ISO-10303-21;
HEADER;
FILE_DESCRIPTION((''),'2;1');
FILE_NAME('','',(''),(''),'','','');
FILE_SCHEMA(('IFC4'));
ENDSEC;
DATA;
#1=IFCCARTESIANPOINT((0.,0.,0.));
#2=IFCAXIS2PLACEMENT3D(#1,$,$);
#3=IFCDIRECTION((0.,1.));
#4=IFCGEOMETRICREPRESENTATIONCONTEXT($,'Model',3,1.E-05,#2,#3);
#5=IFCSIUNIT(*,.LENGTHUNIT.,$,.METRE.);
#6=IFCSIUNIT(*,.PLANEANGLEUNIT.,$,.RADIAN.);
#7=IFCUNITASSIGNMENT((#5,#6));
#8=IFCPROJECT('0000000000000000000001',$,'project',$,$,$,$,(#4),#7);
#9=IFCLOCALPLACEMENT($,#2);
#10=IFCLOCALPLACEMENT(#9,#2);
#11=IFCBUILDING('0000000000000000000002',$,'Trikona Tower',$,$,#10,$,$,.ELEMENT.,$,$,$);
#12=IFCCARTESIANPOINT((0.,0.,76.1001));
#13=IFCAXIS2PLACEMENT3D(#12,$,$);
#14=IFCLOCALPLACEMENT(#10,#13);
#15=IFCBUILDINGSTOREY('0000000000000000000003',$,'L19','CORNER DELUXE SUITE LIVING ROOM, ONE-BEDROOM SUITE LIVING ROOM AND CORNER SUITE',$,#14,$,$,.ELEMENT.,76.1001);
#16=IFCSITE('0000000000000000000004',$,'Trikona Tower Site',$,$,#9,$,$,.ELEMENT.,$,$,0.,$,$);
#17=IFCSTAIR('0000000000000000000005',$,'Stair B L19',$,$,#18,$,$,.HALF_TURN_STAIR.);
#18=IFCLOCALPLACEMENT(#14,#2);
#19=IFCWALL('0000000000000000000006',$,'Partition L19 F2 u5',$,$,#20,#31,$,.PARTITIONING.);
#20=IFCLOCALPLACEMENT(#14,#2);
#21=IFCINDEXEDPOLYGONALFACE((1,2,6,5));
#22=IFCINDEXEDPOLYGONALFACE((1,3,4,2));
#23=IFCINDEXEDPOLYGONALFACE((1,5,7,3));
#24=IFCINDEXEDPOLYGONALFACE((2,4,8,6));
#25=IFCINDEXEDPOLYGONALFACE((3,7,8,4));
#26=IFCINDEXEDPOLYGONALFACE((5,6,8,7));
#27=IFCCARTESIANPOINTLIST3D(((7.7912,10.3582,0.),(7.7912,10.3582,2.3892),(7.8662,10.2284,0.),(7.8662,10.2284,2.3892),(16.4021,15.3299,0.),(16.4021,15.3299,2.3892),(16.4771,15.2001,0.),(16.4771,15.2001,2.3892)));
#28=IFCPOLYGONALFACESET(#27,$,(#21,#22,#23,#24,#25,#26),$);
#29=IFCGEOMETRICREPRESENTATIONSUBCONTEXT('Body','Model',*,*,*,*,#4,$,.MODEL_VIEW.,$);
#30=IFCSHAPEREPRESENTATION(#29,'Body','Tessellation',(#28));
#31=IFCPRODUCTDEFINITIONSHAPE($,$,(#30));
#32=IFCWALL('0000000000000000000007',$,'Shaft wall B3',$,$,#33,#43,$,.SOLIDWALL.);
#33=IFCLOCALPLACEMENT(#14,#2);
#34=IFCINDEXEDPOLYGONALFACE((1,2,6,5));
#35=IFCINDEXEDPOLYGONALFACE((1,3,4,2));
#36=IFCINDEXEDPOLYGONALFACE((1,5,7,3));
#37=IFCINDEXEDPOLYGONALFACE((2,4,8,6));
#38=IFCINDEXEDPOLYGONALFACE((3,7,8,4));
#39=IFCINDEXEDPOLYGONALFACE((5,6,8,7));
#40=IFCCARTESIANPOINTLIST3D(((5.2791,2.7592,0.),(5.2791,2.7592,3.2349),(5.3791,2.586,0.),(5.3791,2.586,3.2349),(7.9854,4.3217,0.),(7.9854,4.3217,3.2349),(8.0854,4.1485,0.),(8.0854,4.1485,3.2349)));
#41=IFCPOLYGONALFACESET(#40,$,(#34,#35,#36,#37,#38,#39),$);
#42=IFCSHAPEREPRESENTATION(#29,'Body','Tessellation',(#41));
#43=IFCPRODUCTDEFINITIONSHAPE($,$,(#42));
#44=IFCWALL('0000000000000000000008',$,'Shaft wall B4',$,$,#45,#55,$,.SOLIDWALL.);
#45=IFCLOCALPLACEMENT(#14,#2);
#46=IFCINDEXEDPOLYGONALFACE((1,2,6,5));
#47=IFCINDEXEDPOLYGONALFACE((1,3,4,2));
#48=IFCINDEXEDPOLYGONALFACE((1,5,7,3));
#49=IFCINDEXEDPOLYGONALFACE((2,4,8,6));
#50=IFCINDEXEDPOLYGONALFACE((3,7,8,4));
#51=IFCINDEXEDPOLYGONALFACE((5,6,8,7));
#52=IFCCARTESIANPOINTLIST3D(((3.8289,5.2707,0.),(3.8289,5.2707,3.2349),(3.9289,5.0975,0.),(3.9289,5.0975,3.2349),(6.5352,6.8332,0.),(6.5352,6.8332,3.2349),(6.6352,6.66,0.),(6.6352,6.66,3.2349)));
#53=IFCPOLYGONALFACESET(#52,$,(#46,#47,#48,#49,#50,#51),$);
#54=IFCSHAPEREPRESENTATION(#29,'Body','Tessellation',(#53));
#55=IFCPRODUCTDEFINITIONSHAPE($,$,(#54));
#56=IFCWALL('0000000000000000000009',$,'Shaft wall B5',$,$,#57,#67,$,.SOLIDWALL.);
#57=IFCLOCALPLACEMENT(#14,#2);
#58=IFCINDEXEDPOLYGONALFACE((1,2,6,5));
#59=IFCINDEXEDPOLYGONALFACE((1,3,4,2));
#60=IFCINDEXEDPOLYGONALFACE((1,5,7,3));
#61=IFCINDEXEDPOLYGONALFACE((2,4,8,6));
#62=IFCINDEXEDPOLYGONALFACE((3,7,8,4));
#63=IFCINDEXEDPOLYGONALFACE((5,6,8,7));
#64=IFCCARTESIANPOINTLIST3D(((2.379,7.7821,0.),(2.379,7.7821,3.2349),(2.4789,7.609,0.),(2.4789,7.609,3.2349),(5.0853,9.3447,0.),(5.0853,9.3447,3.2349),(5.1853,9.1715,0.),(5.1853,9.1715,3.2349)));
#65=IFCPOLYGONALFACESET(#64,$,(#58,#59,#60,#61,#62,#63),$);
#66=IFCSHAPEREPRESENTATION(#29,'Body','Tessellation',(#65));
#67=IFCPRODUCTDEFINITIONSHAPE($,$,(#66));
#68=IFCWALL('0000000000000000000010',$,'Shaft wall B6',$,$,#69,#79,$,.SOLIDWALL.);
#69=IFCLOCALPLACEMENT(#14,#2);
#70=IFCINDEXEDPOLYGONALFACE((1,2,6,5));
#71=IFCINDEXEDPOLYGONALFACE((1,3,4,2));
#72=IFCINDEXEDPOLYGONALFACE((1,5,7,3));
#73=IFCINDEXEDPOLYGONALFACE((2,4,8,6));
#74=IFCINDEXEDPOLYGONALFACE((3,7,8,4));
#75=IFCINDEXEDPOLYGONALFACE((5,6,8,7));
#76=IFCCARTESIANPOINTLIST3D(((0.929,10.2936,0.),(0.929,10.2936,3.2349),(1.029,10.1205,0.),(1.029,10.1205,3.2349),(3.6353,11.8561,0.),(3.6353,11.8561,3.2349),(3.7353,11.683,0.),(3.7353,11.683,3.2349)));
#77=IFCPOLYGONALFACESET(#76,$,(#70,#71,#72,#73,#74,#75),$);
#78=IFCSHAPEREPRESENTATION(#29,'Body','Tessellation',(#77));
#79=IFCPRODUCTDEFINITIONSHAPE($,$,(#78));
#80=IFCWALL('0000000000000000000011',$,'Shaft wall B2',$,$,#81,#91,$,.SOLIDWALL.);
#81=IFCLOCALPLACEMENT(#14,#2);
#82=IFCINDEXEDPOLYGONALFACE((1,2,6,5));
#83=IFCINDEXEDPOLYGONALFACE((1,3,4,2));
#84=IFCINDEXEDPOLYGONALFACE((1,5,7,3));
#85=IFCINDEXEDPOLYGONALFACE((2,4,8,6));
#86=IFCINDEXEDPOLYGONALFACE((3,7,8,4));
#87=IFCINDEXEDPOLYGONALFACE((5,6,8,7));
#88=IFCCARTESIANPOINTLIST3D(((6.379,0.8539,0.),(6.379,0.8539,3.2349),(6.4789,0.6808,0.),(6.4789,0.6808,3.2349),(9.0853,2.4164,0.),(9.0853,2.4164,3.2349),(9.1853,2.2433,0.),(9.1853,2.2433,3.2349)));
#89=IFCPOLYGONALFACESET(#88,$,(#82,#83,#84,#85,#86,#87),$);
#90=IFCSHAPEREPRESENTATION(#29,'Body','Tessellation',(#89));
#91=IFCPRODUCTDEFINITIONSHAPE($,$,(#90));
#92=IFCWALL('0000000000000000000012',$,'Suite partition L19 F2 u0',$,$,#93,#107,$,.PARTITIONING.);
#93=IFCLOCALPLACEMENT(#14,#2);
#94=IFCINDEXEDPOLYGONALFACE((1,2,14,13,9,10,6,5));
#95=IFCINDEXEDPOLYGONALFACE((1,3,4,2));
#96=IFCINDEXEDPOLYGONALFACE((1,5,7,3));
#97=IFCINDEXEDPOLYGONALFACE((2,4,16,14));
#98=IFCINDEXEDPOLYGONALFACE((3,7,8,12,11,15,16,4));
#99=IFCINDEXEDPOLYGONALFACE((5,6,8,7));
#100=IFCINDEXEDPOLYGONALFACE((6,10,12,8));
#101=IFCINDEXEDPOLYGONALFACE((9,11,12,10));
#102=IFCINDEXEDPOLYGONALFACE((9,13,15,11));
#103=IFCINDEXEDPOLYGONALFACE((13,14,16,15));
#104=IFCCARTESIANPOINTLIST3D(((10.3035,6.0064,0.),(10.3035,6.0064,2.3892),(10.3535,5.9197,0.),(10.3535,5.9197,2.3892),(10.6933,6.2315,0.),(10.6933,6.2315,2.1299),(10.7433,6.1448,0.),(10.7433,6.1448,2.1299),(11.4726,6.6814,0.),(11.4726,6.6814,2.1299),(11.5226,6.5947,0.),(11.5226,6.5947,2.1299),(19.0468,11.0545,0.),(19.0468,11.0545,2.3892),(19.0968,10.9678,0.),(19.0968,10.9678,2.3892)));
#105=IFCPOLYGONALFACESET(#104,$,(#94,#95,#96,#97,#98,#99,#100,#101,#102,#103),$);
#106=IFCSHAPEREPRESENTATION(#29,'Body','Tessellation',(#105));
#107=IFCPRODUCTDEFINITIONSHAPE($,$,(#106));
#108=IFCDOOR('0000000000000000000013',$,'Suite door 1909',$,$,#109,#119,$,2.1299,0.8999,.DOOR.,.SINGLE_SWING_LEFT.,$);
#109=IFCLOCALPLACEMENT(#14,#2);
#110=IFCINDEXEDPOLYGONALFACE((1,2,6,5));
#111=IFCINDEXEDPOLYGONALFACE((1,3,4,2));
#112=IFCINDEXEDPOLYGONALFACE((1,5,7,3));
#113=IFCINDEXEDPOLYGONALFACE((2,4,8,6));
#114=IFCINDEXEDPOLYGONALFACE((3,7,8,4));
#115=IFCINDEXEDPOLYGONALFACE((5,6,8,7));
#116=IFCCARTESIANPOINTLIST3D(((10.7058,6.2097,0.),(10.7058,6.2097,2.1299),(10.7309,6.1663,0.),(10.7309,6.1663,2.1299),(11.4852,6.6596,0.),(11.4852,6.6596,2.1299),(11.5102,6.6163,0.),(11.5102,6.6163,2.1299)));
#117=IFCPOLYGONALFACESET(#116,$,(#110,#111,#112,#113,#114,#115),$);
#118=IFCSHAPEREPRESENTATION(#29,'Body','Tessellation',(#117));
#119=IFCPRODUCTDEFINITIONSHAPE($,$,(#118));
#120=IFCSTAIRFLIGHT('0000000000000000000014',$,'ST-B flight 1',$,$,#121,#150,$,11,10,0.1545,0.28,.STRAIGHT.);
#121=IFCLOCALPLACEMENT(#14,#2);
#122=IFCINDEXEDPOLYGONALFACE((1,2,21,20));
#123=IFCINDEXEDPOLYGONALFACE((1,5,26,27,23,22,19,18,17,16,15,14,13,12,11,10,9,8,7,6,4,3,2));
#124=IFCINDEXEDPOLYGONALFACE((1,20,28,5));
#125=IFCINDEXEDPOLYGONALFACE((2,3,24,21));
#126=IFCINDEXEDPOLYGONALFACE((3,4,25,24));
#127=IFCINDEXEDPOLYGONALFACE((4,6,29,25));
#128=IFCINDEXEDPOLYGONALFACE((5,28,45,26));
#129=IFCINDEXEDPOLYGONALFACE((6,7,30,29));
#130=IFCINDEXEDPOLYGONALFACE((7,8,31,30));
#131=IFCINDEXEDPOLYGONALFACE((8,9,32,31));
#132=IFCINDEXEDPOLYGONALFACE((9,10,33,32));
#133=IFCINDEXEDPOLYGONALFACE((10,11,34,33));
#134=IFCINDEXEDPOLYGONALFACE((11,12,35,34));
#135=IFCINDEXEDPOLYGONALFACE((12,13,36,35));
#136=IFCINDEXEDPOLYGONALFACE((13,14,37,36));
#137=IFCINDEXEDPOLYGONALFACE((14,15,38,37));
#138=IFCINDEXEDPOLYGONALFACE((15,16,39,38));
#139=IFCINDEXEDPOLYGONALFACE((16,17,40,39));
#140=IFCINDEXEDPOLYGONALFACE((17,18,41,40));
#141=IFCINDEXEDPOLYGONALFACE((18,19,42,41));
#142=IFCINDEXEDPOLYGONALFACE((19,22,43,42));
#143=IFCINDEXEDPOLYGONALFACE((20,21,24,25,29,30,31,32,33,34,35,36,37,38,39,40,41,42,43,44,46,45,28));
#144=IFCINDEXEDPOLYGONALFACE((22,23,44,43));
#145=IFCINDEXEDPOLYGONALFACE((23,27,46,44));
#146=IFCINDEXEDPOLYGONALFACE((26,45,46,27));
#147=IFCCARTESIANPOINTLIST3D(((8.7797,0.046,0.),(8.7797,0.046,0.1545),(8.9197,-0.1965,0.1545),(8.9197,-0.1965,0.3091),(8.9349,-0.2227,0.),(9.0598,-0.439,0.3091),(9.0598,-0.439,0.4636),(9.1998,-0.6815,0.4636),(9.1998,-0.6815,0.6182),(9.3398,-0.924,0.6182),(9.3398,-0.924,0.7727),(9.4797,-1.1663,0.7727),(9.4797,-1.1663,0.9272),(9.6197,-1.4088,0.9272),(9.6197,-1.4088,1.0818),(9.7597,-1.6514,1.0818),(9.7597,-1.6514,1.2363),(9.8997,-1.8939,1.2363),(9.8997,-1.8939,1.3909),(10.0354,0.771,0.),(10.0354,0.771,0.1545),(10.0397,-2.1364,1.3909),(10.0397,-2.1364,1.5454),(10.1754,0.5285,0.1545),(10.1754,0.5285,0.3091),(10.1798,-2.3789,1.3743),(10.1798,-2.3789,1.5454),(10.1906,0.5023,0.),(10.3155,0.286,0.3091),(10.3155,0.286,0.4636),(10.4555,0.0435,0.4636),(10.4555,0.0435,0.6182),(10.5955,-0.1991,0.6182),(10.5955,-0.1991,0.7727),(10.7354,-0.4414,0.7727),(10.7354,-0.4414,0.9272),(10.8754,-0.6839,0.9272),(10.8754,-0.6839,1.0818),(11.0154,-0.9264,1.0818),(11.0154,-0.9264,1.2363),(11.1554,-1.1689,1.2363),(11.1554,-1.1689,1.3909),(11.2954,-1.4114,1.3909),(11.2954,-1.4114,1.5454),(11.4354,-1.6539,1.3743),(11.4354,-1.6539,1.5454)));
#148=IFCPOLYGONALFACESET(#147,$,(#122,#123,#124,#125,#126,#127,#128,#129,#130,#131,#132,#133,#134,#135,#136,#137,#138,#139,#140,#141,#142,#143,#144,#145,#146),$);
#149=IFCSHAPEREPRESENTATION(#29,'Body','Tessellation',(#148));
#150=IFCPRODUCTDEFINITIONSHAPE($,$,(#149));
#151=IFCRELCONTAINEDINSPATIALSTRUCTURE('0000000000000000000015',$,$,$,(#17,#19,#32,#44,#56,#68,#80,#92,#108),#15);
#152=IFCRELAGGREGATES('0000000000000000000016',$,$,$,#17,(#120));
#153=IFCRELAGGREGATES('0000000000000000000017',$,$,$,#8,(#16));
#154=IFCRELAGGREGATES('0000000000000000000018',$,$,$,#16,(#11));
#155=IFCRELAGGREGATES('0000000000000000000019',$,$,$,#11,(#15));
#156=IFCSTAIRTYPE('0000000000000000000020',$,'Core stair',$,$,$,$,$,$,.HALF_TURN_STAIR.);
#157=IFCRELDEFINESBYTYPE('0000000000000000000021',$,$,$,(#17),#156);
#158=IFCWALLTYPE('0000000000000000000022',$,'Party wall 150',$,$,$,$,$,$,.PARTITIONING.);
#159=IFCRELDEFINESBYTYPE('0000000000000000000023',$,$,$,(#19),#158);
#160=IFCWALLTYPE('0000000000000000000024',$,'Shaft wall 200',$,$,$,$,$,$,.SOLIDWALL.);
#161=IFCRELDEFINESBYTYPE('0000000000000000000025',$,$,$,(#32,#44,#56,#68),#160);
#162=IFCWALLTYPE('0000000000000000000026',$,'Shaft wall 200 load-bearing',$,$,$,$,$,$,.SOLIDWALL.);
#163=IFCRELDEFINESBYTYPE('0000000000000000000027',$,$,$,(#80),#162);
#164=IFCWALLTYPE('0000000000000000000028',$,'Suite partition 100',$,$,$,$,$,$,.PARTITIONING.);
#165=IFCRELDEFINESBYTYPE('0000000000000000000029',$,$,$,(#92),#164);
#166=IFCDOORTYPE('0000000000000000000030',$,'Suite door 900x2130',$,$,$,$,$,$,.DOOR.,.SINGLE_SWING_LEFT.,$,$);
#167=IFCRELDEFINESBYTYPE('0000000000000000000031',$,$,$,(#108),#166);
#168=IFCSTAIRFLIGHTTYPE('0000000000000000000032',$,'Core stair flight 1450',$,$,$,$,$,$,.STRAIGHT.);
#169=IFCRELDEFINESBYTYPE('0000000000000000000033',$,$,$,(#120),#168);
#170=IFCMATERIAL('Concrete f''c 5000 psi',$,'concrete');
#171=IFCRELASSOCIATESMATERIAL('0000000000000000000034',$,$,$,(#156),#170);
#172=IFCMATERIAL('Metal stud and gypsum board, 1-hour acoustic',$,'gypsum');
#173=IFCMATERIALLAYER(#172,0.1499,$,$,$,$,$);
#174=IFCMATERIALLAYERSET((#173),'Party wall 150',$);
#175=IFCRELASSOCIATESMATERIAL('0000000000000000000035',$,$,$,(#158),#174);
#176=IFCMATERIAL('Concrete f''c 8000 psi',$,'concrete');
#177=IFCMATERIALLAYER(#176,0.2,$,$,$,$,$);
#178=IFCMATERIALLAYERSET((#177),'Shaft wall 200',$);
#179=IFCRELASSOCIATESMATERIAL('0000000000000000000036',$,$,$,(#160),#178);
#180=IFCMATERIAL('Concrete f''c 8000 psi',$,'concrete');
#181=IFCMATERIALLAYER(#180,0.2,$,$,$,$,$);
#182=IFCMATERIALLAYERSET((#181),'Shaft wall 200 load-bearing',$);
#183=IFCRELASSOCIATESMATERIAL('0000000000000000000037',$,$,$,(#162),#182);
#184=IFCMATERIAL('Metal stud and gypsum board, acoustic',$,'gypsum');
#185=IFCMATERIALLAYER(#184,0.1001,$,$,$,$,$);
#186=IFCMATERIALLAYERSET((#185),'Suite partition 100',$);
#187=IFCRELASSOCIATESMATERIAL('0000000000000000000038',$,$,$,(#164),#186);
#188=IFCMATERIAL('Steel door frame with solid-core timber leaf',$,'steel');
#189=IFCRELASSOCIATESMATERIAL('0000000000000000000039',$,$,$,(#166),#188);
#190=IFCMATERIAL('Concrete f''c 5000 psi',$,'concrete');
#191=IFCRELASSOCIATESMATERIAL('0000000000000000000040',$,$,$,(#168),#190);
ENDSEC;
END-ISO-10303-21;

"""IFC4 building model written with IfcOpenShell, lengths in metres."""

from ifc_helpers import new_model, si_unit, direction, frame, frame_2d, origin, place, context, subcontext, project, spatial, polyline, rectangle, outline, extrude, material, layer, layer_set, type_object, element, fill, aggregate, save


model = new_model("IFC4")

# Units and contexts
model_context = context("Model", 3, precision=1e-05, world=origin(), true_north=direction((0.0, 1.0)))
body_context = subcontext(model_context, "Body", "Model", "MODEL_VIEW")
ifc_project = project(units=[si_unit("LENGTHUNIT", "METRE"), si_unit("PLANEANGLEUNIT", "RADIAN")], contexts=[model_context])

# Site, building, storey
site_placement = place(None, origin())
site = spatial("IfcSite", under=ifc_project, at=site_placement, Name="Trikona Tower Site", CompositionType="ELEMENT", RefElevation=0.0)
building_placement = place(site_placement, origin())
building = spatial("IfcBuilding", under=site, at=building_placement, Name="Trikona Tower", CompositionType="ELEMENT")
storey_placement = place(building_placement, frame((0.0, 0.0, 76.1001)))
storey = spatial("IfcBuildingStorey", under=building, at=storey_placement, Name="L19", Description="CORNER DELUXE SUITE LIVING ROOM, ONE-BEDROOM SUITE LIVING ROOM AND CORNER SUITE", CompositionType="ELEMENT", Elevation=76.1001)

# Stair
ifc_material_1 = material(Name="Concrete f'c 5000 psi", Category="concrete")
stair_type = type_object("IfcStairType", Name="Core stair", PredefinedType="HALF_TURN_STAIR", material=ifc_material_1)
stair_1_placement = place(storey_placement, origin())
stair_1 = element("IfcStair", 1, at=stair_1_placement, inside=storey, type_object=stair_type, Name="Stair B L19", PredefinedType="HALF_TURN_STAIR")

# Walls
ifc_material_2 = material(Name="Metal stud and gypsum board, 1-hour acoustic", Category="gypsum")
ifc_layer_1 = layer(ifc_material_2, 0.1499)
ifc_layer_set_1 = layer_set([ifc_layer_1], Name="Party wall 150")
wall_type_1 = type_object("IfcWallType", Name="Party wall 150", PredefinedType="PARTITIONING", material=ifc_layer_set_1)
wall_1_placement = place(storey_placement, frame((7.8286, 10.2932, 0.0), z_axis=(0.0, 0.0, 1.0), x_axis=(0.866016, 0.500016, 0.0)))
element("IfcWall", 2, at=wall_1_placement, inside=storey, type_object=wall_type_1, Name="Partition L19 F2 u5", PredefinedType="PARTITIONING", context=body_context, shape_type="SweptSolid", body=[
    extrude(rectangle(XDim=9.9431, YDim=0.1499, at=frame_2d((4.9717, 0.0))), origin(), (0.0, 0.0, 1.0), 2.3892),
])
ifc_material_3 = material(Name="Concrete f'c 8000 psi", Category="concrete")
ifc_layer_2 = layer(ifc_material_3, 0.2)
ifc_layer_set_2 = layer_set([ifc_layer_2], Name="Shaft wall 200")
wall_type_2 = type_object("IfcWallType", Name="Shaft wall 200", PredefinedType="SOLIDWALL", material=ifc_layer_set_2)
for number, where, z_axis, x_axis, name in (
    (3, (5.3291, 2.6726, 0.0), (0.0, 0.0, 1.0), (0.866023, 0.500004, 0.0), "Shaft wall B3"),
    (4, (3.8789, 5.1841, 0.0), (0.0, 0.0, 1.0), (0.866023, 0.500004, 0.0), "Shaft wall B4"),
    (5, (2.429, 7.6956, 0.0), (0.0, 0.0, 1.0), (0.866023, 0.500004, 0.0), "Shaft wall B5"),
    (6, (0.979, 10.207, 0.0), (0.0, 0.0, 1.0), (0.866023, 0.500004, 0.0), "Shaft wall B6"),
):
    element("IfcWall", number, at=place(storey_placement, frame(where, z_axis=z_axis, x_axis=x_axis)), inside=storey, type_object=wall_type_2, Name=name, PredefinedType="SOLIDWALL", context=body_context, shape_type="SweptSolid", body=[
        extrude(rectangle(XDim=3.125, YDim=0.2, at=frame_2d((1.5625, 0.0))), origin(), (0.0, 0.0, 1.0), 3.2349),
    ])
ifc_material_4 = material(Name="Concrete f'c 8000 psi", Category="concrete")
ifc_layer_3 = layer(ifc_material_4, 0.2)
ifc_layer_set_3 = layer_set([ifc_layer_3], Name="Shaft wall 200 load-bearing")
wall_type_3 = type_object("IfcWallType", Name="Shaft wall 200 load-bearing", PredefinedType="SOLIDWALL", material=ifc_layer_set_3)
wall_2_placement = place(storey_placement, frame((6.429, 0.7673, 0.0), z_axis=(0.0, 0.0, 1.0), x_axis=(0.866023, 0.500004, 0.0)))
element("IfcWall", 7, at=wall_2_placement, inside=storey, type_object=wall_type_3, Name="Shaft wall B2", PredefinedType="SOLIDWALL", context=body_context, shape_type="SweptSolid", body=[
    extrude(rectangle(XDim=3.125, YDim=0.2, at=frame_2d((1.5625, 0.0))), origin(), (0.0, 0.0, 1.0), 3.2349),
])

# Wall, opening, door
ifc_material_5 = material(Name="Metal stud and gypsum board, acoustic", Category="gypsum")
ifc_layer_4 = layer(ifc_material_5, 0.1001)
ifc_layer_set_4 = layer_set([ifc_layer_4], Name="Suite partition 100")
wall_type_4 = type_object("IfcWallType", Name="Suite partition 100", PredefinedType="PARTITIONING", material=ifc_layer_set_4)
wall_3_placement = place(storey_placement, frame((10.3286, 5.9631, 0.0), z_axis=(0.0, 0.0, 1.0), x_axis=(0.866022, 0.500006, 0.0)))
wall_3 = element("IfcWall", 8, at=wall_3_placement, inside=storey, type_object=wall_type_4, Name="Suite partition L19 F2 u0", PredefinedType="PARTITIONING", context=body_context, shape_type="SweptSolid", body=[
    extrude(rectangle(XDim=10.0959, YDim=0.1001, at=frame_2d((5.0479, 0.0))), origin(), (0.0, 0.0, 1.0), 2.3892),
])
opening_1_placement = place(wall_3_placement, frame((0.45, 0.0, 0.0)))
opening_1 = element("IfcOpeningElement", 9, at=opening_1_placement, cuts=wall_3, PredefinedType="OPENING", context=body_context, shape_type="SweptSolid", body=[
    extrude(rectangle(XDim=0.8999, YDim=2.1299, at=frame_2d((0.45, 1.0649))), frame((0.0, 0.0601, 0.0), z_axis=(0.0, -1.0, 0.0), x_axis=(1.0, 0.0, 0.0)), (0.0, 0.0, 1.0), 0.1201),
])
ifc_material_6 = material(Name="Steel door frame with solid-core timber leaf", Category="steel")
door_type_1 = type_object("IfcDoorType", Name="Suite door 900x2130", OperationType="SINGLE_SWING_LEFT", PredefinedType="DOOR", material=ifc_material_6)
door_1_placement = place(opening_1_placement, origin())
door_1 = element("IfcDoor", 10, at=door_1_placement, inside=storey, type_object=door_type_1, Name="Suite door 1909", OperationType="SINGLE_SWING_LEFT", OverallHeight=2.1299, OverallWidth=0.8999, PredefinedType="DOOR", context=body_context, shape_type="SweptSolid", body=[
    extrude(rectangle(XDim=0.8999, YDim=2.1299, at=frame_2d((0.45, 1.0649))), frame((0.0, 0.0249, 0.0), z_axis=(0.0, -1.0, 0.0), x_axis=(1.0, 0.0, 0.0)), (0.0, 0.0, 1.0), 0.05),
])
fill(opening_1, door_1)

# Stair flight
ifc_material_7 = material(Name="Concrete f'c 5000 psi", Category="concrete")
stair_flight_type = type_object("IfcStairFlightType", Name="Core stair flight 1450", PredefinedType="STRAIGHT", material=ifc_material_7)
stair_flight_placement = place(storey_placement, frame((9.4075, 0.4084, 0.0), z_axis=(0.0, 0.0, 1.0), x_axis=(0.5, -0.866025, 0.0)))
stair_flight = element("IfcStairFlight", 11, at=stair_flight_placement, type_object=stair_flight_type, Name="ST-B flight 1", NumberOfRisers=11, NumberOfTreads=10, PredefinedType="STRAIGHT", RiserHeight=0.1545, TreadLength=0.28, context=body_context, shape_type="SweptSolid", body=[
    extrude(outline(polyline([(0.0, 0.0), (0.0, 0.1545), (0.28, 0.1545), (0.28, 0.3091), (0.5601, 0.3091), (0.5601, 0.4636), (0.8401, 0.4636), (0.8401, 0.6182), (1.1201, 0.6182), (1.1201, 0.7727), (1.3999, 0.7727), (1.3999, 0.9272), (1.6799, 0.9272), (1.6799, 1.0818), (1.96, 1.0818), (1.96, 1.2363), (2.24, 1.2363), (2.24, 1.3909), (2.52, 1.3909), (2.52, 1.5454), (2.8, 1.5454), (2.8, 1.7), (2.8, 1.3743), (0.3103, 0.0), (0.0, 0.0)])), frame((0.0, 0.7251, 0.0), z_axis=(0.0, -1.0, 0.0), x_axis=(1.0, 0.0, 0.0)), (0.0, 0.0, 1.0), 1.45),
])
aggregate(stair_1, [stair_flight])

save(model, "model.ifc")
